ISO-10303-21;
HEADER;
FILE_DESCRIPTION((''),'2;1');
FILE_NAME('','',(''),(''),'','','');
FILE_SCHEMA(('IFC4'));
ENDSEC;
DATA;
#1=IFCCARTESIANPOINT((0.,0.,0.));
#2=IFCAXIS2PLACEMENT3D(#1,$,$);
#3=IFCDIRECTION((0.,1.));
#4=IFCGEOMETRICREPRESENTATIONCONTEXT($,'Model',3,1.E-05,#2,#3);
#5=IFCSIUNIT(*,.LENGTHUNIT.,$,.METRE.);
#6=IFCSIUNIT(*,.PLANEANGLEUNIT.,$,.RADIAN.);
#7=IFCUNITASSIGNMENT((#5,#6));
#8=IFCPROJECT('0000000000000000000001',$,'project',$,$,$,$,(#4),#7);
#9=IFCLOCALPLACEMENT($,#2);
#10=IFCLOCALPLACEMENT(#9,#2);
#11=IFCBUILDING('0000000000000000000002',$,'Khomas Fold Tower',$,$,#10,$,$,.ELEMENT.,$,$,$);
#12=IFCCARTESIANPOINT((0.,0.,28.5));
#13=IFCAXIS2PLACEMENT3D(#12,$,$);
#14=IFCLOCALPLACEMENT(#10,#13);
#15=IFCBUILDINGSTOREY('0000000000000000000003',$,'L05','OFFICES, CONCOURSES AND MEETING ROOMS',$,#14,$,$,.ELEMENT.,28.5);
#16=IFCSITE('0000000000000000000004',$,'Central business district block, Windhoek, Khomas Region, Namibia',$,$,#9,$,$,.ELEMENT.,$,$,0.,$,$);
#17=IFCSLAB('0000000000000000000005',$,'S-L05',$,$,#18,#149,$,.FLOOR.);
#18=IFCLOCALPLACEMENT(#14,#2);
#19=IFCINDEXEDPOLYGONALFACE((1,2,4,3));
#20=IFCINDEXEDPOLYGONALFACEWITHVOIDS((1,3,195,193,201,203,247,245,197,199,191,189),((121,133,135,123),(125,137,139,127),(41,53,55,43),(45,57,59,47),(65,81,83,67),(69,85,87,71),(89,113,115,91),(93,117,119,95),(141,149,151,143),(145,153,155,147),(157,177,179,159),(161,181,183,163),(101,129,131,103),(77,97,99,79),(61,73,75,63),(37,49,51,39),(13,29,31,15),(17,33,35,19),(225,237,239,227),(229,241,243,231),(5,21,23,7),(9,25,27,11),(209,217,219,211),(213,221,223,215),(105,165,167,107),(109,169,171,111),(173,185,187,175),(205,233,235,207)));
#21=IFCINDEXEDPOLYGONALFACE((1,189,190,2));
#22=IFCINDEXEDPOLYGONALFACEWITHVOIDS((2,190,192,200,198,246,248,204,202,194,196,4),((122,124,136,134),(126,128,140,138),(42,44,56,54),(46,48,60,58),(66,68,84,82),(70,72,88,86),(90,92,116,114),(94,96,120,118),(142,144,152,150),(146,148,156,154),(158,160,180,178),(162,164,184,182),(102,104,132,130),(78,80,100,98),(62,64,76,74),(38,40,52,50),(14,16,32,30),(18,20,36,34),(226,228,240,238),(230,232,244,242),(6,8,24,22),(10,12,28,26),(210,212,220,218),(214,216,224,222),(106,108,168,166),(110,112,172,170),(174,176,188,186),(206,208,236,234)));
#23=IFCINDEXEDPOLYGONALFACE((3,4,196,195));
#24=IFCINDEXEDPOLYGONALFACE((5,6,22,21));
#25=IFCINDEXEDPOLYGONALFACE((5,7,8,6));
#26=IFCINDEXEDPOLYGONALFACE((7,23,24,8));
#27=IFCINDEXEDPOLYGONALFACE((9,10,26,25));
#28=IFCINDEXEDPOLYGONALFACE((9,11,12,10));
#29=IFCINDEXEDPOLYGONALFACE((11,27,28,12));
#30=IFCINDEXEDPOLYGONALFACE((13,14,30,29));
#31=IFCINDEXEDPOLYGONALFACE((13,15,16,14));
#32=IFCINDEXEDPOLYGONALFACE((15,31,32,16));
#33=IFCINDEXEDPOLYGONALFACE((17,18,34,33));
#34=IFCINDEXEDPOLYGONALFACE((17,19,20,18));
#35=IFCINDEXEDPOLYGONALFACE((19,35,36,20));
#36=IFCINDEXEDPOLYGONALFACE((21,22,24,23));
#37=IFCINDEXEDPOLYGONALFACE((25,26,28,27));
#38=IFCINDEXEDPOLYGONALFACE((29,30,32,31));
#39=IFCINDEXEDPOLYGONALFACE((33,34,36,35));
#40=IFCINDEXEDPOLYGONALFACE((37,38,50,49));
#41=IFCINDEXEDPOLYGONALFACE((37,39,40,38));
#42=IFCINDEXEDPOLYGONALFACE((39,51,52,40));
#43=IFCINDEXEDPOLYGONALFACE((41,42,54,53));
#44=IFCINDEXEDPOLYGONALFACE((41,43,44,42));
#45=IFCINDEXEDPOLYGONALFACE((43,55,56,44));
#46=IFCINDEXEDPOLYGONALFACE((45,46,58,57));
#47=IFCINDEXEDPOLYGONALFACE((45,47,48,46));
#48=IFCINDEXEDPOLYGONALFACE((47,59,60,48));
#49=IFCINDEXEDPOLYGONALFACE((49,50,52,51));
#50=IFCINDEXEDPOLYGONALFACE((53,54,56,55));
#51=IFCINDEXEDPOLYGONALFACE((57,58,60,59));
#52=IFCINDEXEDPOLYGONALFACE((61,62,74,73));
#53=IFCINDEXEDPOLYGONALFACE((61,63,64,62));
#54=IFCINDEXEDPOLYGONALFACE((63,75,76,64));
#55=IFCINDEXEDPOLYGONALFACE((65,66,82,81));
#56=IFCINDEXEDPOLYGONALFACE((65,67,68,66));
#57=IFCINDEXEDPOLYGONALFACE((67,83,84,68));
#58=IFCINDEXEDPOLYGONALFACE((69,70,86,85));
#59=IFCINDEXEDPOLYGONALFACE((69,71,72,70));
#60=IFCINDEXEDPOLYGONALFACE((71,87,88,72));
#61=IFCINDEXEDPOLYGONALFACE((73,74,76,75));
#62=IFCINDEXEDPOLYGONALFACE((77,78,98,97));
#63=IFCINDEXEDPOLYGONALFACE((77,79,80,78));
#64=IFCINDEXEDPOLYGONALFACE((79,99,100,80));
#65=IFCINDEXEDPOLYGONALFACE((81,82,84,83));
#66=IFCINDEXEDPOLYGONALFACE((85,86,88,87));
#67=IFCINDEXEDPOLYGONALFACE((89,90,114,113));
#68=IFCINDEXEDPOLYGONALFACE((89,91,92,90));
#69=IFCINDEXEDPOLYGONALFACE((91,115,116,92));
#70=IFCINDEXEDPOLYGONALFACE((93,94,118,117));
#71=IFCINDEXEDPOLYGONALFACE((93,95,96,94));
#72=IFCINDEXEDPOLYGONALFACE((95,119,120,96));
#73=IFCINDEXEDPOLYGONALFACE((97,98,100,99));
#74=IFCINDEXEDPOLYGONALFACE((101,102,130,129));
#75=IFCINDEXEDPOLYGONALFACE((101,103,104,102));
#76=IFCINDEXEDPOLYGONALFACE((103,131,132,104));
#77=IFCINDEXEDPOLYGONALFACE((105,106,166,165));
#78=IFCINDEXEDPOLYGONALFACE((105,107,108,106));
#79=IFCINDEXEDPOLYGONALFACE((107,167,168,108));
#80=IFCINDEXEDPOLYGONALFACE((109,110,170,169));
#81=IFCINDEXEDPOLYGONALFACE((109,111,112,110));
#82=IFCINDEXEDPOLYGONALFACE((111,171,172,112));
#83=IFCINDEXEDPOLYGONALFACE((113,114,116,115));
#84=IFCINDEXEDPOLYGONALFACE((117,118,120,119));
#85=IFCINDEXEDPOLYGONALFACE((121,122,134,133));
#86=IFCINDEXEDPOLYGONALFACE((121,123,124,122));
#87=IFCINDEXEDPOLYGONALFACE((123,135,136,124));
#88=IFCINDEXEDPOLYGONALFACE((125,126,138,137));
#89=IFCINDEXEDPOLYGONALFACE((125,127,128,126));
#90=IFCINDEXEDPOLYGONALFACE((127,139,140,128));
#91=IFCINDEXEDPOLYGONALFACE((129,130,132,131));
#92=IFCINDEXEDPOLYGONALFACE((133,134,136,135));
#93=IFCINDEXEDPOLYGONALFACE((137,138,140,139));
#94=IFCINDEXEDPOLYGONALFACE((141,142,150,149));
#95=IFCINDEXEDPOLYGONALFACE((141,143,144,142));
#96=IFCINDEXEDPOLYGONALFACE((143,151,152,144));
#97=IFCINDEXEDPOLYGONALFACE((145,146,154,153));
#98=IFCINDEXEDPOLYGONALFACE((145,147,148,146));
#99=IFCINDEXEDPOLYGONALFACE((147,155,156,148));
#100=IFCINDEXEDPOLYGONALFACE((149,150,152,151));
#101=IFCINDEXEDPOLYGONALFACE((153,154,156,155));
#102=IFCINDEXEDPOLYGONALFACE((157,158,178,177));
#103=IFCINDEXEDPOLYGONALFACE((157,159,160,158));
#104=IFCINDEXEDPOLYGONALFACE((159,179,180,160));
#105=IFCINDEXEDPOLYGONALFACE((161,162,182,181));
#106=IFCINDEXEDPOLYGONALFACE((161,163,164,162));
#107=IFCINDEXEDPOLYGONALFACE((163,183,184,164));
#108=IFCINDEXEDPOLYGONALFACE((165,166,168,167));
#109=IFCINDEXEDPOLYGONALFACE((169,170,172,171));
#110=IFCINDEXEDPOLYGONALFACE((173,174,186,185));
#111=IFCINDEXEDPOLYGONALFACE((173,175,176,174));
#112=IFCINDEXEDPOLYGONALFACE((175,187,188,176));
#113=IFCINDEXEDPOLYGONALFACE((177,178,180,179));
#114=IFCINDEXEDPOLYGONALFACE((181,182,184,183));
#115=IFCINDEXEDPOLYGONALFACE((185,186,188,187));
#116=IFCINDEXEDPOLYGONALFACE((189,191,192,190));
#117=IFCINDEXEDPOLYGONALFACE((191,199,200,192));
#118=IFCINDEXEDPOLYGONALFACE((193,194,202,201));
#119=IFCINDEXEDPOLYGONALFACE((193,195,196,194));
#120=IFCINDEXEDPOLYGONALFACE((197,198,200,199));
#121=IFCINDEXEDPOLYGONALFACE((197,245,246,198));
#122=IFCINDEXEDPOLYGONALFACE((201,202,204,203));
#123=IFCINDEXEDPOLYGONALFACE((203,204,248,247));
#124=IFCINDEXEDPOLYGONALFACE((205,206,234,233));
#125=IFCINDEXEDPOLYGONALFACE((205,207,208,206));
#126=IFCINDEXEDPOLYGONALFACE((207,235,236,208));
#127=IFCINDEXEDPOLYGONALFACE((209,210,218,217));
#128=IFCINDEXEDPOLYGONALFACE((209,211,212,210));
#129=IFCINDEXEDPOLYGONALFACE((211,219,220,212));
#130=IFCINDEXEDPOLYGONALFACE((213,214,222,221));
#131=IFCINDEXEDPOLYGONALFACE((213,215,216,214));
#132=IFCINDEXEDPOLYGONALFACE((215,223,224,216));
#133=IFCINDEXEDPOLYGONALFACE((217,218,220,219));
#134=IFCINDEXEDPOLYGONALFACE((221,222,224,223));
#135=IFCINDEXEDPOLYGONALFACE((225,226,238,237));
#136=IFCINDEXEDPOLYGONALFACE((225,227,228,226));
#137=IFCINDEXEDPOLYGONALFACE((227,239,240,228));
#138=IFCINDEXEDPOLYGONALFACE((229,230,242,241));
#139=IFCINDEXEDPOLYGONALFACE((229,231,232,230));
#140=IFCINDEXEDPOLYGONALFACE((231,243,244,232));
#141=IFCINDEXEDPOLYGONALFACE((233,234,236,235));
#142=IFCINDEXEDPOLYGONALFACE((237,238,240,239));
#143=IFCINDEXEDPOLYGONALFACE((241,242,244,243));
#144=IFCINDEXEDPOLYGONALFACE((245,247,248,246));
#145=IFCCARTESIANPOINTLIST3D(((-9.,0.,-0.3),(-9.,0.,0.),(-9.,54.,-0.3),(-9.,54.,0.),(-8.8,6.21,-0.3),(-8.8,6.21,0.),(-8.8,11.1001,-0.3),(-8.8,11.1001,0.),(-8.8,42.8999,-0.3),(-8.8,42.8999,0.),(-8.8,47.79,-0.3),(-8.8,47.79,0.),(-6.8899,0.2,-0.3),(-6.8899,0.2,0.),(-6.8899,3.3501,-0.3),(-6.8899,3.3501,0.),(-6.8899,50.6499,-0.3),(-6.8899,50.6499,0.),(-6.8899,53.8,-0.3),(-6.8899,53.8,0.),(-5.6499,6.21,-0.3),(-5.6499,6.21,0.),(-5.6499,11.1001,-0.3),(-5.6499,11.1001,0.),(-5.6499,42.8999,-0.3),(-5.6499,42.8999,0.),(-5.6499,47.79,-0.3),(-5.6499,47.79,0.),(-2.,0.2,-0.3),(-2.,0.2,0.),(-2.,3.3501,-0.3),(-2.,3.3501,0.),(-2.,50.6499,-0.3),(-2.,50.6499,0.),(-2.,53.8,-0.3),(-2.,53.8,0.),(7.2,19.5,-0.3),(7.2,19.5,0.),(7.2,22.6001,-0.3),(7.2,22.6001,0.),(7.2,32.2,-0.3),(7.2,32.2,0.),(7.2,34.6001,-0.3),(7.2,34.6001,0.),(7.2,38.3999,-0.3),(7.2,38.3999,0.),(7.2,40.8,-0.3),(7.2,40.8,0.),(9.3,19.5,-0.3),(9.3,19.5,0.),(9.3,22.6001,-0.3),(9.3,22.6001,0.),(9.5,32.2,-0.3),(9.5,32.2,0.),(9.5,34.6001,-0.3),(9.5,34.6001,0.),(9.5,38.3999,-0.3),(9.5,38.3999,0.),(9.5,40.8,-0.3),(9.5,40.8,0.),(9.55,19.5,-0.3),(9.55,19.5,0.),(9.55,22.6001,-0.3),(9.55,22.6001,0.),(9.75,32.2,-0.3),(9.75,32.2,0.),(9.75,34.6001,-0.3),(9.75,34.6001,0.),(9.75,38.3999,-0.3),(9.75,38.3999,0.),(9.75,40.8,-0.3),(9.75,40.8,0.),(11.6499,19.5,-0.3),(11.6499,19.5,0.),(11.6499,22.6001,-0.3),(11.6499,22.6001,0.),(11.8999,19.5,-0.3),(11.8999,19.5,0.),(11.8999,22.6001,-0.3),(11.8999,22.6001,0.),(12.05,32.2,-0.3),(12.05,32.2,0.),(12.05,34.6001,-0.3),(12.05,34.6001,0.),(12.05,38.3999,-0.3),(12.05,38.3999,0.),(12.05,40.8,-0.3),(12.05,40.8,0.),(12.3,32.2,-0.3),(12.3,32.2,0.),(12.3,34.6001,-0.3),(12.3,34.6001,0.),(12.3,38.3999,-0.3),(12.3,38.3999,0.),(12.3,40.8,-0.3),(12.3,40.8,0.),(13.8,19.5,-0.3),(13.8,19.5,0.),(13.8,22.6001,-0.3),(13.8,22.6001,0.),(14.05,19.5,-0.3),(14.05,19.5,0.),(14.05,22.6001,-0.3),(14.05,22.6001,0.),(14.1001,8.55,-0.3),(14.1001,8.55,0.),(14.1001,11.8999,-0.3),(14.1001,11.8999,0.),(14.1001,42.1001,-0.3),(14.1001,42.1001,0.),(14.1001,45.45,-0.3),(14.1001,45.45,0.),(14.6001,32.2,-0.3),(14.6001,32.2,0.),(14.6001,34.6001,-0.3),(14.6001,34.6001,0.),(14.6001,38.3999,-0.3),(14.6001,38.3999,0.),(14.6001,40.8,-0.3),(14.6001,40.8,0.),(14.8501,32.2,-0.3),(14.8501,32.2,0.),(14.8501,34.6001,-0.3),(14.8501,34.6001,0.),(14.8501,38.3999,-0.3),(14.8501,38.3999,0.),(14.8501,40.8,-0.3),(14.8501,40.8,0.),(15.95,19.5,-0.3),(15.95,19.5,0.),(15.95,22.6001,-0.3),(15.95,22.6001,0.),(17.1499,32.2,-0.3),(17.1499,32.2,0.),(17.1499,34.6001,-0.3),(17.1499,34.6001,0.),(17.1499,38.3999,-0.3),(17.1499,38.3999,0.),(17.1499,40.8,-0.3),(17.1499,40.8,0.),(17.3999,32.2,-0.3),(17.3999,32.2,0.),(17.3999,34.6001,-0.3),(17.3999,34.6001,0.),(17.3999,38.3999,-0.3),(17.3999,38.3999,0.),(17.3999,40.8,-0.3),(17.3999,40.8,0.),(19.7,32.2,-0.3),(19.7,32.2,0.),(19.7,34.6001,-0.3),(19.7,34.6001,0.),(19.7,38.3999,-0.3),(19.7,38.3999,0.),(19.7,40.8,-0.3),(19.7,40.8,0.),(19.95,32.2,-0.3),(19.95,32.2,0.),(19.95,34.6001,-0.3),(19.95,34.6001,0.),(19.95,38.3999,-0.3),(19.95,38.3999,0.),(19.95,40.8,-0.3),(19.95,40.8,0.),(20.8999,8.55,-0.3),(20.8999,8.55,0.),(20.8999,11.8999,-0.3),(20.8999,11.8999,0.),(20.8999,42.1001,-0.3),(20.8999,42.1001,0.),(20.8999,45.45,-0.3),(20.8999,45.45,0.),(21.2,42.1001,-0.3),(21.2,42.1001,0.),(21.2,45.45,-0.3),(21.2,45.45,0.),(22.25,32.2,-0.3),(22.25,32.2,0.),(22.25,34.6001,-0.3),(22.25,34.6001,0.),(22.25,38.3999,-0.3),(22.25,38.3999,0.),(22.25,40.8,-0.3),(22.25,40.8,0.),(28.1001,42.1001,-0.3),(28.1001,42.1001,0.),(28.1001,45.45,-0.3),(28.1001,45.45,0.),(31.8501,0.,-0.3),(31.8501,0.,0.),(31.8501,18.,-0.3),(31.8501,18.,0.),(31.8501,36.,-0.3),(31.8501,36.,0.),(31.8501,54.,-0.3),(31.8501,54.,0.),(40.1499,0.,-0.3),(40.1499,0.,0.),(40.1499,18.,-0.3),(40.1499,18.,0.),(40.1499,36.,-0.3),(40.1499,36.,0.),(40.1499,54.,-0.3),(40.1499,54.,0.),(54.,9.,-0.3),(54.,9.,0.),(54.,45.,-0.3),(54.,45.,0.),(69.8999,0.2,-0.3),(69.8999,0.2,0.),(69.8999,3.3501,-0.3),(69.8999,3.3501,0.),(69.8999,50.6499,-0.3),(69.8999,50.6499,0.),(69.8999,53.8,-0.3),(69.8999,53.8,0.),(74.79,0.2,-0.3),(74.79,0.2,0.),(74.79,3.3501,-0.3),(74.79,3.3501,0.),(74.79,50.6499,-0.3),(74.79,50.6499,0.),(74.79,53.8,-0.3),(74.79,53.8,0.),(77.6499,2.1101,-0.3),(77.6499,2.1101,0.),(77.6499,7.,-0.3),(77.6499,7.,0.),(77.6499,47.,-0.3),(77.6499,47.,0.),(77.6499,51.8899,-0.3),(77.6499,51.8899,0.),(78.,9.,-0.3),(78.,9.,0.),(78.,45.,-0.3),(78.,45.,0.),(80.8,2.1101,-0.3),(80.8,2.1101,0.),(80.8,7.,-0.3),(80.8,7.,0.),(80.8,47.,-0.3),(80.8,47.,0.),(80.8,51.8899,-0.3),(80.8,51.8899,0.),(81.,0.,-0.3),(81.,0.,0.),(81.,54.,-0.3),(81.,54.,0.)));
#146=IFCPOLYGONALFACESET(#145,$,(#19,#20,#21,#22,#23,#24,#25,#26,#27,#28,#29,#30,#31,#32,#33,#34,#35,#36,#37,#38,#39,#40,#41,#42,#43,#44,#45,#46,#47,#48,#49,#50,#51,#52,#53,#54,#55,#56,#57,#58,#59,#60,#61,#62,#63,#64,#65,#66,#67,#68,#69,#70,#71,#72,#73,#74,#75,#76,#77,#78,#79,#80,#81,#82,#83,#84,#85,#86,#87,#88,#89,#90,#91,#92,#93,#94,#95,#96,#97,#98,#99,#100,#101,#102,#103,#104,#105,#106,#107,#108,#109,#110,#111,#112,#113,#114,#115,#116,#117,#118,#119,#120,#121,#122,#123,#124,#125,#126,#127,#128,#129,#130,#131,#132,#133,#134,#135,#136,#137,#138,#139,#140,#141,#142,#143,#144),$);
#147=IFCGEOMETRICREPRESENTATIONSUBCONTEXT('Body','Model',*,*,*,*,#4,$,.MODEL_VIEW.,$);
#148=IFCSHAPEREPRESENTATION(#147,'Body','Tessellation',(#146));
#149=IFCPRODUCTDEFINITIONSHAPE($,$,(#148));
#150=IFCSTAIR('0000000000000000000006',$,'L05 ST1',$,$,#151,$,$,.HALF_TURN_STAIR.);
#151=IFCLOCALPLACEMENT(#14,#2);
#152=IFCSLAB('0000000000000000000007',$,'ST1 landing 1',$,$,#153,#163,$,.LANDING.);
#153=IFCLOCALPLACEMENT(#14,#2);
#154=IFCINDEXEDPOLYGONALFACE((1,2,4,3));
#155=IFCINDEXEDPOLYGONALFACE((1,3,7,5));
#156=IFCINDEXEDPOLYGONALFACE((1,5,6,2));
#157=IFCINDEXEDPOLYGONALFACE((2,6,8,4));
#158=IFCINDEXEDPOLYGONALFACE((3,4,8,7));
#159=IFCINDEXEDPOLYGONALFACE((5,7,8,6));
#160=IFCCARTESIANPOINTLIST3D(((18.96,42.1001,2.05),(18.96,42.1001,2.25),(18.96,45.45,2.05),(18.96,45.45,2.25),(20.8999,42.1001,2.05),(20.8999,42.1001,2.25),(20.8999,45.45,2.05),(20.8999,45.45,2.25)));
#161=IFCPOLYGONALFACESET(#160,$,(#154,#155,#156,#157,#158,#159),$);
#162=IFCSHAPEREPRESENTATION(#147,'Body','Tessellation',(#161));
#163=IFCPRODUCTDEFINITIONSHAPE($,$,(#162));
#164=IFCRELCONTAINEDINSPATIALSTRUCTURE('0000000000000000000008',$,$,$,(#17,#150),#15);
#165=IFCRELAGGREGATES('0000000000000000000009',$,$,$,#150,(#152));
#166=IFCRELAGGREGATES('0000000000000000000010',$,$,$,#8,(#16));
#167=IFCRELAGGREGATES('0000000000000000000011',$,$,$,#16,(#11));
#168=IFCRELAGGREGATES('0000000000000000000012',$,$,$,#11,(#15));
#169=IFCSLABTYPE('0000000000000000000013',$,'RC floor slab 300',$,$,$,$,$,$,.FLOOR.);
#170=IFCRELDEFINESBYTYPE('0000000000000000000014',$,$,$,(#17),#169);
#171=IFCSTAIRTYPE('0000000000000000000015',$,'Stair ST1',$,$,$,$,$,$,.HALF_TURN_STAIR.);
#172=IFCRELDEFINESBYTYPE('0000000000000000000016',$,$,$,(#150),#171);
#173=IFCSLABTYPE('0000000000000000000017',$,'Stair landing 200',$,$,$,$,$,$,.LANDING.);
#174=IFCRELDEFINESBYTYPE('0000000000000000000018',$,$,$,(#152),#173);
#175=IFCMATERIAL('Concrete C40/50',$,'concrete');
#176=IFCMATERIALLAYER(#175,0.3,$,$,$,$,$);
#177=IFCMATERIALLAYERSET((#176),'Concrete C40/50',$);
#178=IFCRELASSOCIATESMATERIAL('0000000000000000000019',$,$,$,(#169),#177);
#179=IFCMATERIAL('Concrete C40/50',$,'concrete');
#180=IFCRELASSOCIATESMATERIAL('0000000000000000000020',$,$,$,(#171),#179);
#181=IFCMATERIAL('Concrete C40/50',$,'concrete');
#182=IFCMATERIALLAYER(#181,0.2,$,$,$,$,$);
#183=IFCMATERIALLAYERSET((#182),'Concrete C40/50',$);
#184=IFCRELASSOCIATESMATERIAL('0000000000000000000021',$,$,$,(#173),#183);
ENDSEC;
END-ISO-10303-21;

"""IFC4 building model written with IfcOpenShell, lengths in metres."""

from ifc_helpers import new_model, si_unit, direction, frame, origin, place, context, subcontext, project, spatial, polyline, outline, extrude, source, transform, mapped, material, layer, layer_set, type_object, element, aggregate, save


model = new_model("IFC4")

# Units and contexts
model_context = context("Model", 3, precision=1e-05, world=origin(), true_north=direction((0.0, 1.0)))
body_context = subcontext(model_context, "Body", "Model", "MODEL_VIEW")
ifc_project = project(units=[si_unit("LENGTHUNIT", "METRE"), si_unit("PLANEANGLEUNIT", "RADIAN")], contexts=[model_context])

# Site, building, storey
site_placement = place(None, origin())
site = spatial("IfcSite", under=ifc_project, at=site_placement, Name="Central business district block, Windhoek, Khomas Region, Namibia", CompositionType="ELEMENT", RefElevation=0.0)
building_placement = place(site_placement, origin())
building = spatial("IfcBuilding", under=site, at=building_placement, Name="Khomas Fold Tower", CompositionType="ELEMENT")
storey_placement = place(building_placement, frame((0.0, 0.0, 28.5)))
storey = spatial("IfcBuildingStorey", under=building, at=storey_placement, Name="L05", Description="OFFICES, CONCOURSES AND MEETING ROOMS", CompositionType="ELEMENT", Elevation=28.5)

# Slab
ifc_material_1 = material(Name="Concrete C40/50", Category="concrete")
ifc_layer_1 = layer(ifc_material_1, 0.3)
ifc_layer_set_1 = layer_set([ifc_layer_1], Name="Concrete C40/50")
slab_type_1 = type_object("IfcSlabType", Name="RC floor slab 300", PredefinedType="FLOOR", material=ifc_layer_set_1)
shared_shape_1 = source(origin(), body_context, "Body", "SweptSolid", [
    extrude(outline(polyline([(-9.0, 0.0), (31.8501, 0.0), (31.8501, 18.0), (40.1499, 18.0), (40.1499, 0.0), (81.0, 0.0), (81.0, 54.0), (40.1499, 54.0), (40.1499, 36.0), (31.8501, 36.0), (31.8501, 54.0), (-9.0, 54.0), (-9.0, 0.0)]), holes=[polyline([(-8.8, 6.21), (-8.8, 11.1001), (-5.6499, 11.1001), (-5.6499, 6.21), (-8.8, 6.21)]), polyline([(-8.8, 42.8999), (-8.8, 47.79), (-5.6499, 47.79), (-5.6499, 42.8999), (-8.8, 42.8999)]), polyline([(-6.8899, 0.2), (-6.8899, 3.3501), (-2.0, 3.3501), (-2.0, 0.2), (-6.8899, 0.2)]), polyline([(-6.8899, 50.6499), (-6.8899, 53.8), (-2.0, 53.8), (-2.0, 50.6499), (-6.8899, 50.6499)]), polyline([(7.2, 19.5), (7.2, 22.6001), (9.3, 22.6001), (9.3, 19.5), (7.2, 19.5)]), polyline([(7.2, 32.2), (7.2, 34.6001), (9.5, 34.6001), (9.5, 32.2), (7.2, 32.2)]), polyline([(7.2, 38.3999), (7.2, 40.8), (9.5, 40.8), (9.5, 38.3999), (7.2, 38.3999)]), polyline([(9.55, 19.5), (9.55, 22.6001), (11.6499, 22.6001), (11.6499, 19.5), (9.55, 19.5)]), polyline([(9.75, 32.2), (9.75, 34.6001), (12.05, 34.6001), (12.05, 32.2), (9.75, 32.2)]), polyline([(9.75, 38.3999), (9.75, 40.8), (12.05, 40.8), (12.05, 38.3999), (9.75, 38.3999)]), polyline([(11.8999, 19.5), (11.8999, 22.6001), (13.8, 22.6001), (13.8, 19.5), (11.8999, 19.5)]), polyline([(12.3, 32.2), (12.3, 34.6001), (14.6001, 34.6001), (14.6001, 32.2), (12.3, 32.2)]), polyline([(12.3, 38.3999), (12.3, 40.8), (14.6001, 40.8), (14.6001, 38.3999), (12.3, 38.3999)]), polyline([(14.05, 19.5), (14.05, 22.6001), (15.95, 22.6001), (15.95, 19.5), (14.05, 19.5)]), polyline([(14.1001, 8.55), (14.1001, 11.8999), (20.8999, 11.8999), (20.8999, 8.55), (14.1001, 8.55)]), polyline([(14.1001, 42.1001), (14.1001, 45.45), (20.8999, 45.45), (20.8999, 42.1001), (14.1001, 42.1001)]), polyline([(14.8501, 32.2), (14.8501, 34.6001), (17.1499, 34.6001), (17.1499, 32.2), (14.8501, 32.2)]), polyline([(14.8501, 38.3999), (14.8501, 40.8), (17.1499, 40.8), (17.1499, 38.3999), (14.8501, 38.3999)]), polyline([(17.3999, 32.2), (17.3999, 34.6001), (19.7, 34.6001), (19.7, 32.2), (17.3999, 32.2)]), polyline([(17.3999, 38.3999), (17.3999, 40.8), (19.7, 40.8), (19.7, 38.3999), (17.3999, 38.3999)]), polyline([(19.95, 32.2), (19.95, 34.6001), (22.25, 34.6001), (22.25, 32.2), (19.95, 32.2)]), polyline([(19.95, 38.3999), (19.95, 40.8), (22.25, 40.8), (22.25, 38.3999), (19.95, 38.3999)]), polyline([(21.2, 42.1001), (21.2, 45.45), (28.1001, 45.45), (28.1001, 42.1001), (21.2, 42.1001)]), polyline([(54.0, 9.0), (54.0, 45.0), (78.0, 45.0), (78.0, 9.0), (54.0, 9.0)]), polyline([(69.8999, 0.2), (69.8999, 3.3501), (74.79, 3.3501), (74.79, 0.2), (69.8999, 0.2)]), polyline([(69.8999, 50.6499), (69.8999, 53.8), (74.79, 53.8), (74.79, 50.6499), (69.8999, 50.6499)]), polyline([(77.6499, 2.1101), (77.6499, 7.0), (80.8, 7.0), (80.8, 2.1101), (77.6499, 2.1101)]), polyline([(77.6499, 47.0), (77.6499, 51.8899), (80.8, 51.8899), (80.8, 47.0), (77.6499, 47.0)])]), origin(), (0.0, 0.0, 1.0), 0.3),
])
slab_1_placement = place(storey_placement, frame((0.0, 0.0, -0.3)))
element("IfcSlab", 1, at=slab_1_placement, inside=storey, type_object=slab_type_1, Name="S-L05", PredefinedType="FLOOR", context=body_context, shape_type="MappedRepresentation", body=[
    mapped(shared_shape_1, transform((0.0, 0.0, 0.0))),
])

# Stair, slab
ifc_material_2 = material(Name="Concrete C40/50", Category="concrete")
stair_type_1 = type_object("IfcStairType", Name="Stair ST1", PredefinedType="HALF_TURN_STAIR", material=ifc_material_2)
stair_1_placement = place(storey_placement, origin())
stair_1 = element("IfcStair", 2, at=stair_1_placement, inside=storey, type_object=stair_type_1, Name="L05 ST1", PredefinedType="HALF_TURN_STAIR")
ifc_material_3 = material(Name="Concrete C40/50", Category="concrete")
ifc_layer_2 = layer(ifc_material_3, 0.2)
ifc_layer_set_2 = layer_set([ifc_layer_2], Name="Concrete C40/50")
slab_type_2 = type_object("IfcSlabType", Name="Stair landing 200", PredefinedType="LANDING", material=ifc_layer_set_2)
shared_shape_2 = source(origin(), body_context, "Body", "SweptSolid", [
    extrude(outline(polyline([(18.96, 42.1001), (20.8999, 42.1001), (20.8999, 45.45), (18.96, 45.45), (18.96, 42.1001)])), origin(), (0.0, 0.0, 1.0), 0.2),
])
slab_2_placement = place(storey_placement, frame((0.0, 0.0, 2.05)))
slab_2 = element("IfcSlab", 3, at=slab_2_placement, type_object=slab_type_2, Name="ST1 landing 1", PredefinedType="LANDING", context=body_context, shape_type="MappedRepresentation", body=[
    mapped(shared_shape_2, transform((0.0, 0.0, 0.0))),
])
aggregate(stair_1, [slab_2])

save(model, "model.ifc")
